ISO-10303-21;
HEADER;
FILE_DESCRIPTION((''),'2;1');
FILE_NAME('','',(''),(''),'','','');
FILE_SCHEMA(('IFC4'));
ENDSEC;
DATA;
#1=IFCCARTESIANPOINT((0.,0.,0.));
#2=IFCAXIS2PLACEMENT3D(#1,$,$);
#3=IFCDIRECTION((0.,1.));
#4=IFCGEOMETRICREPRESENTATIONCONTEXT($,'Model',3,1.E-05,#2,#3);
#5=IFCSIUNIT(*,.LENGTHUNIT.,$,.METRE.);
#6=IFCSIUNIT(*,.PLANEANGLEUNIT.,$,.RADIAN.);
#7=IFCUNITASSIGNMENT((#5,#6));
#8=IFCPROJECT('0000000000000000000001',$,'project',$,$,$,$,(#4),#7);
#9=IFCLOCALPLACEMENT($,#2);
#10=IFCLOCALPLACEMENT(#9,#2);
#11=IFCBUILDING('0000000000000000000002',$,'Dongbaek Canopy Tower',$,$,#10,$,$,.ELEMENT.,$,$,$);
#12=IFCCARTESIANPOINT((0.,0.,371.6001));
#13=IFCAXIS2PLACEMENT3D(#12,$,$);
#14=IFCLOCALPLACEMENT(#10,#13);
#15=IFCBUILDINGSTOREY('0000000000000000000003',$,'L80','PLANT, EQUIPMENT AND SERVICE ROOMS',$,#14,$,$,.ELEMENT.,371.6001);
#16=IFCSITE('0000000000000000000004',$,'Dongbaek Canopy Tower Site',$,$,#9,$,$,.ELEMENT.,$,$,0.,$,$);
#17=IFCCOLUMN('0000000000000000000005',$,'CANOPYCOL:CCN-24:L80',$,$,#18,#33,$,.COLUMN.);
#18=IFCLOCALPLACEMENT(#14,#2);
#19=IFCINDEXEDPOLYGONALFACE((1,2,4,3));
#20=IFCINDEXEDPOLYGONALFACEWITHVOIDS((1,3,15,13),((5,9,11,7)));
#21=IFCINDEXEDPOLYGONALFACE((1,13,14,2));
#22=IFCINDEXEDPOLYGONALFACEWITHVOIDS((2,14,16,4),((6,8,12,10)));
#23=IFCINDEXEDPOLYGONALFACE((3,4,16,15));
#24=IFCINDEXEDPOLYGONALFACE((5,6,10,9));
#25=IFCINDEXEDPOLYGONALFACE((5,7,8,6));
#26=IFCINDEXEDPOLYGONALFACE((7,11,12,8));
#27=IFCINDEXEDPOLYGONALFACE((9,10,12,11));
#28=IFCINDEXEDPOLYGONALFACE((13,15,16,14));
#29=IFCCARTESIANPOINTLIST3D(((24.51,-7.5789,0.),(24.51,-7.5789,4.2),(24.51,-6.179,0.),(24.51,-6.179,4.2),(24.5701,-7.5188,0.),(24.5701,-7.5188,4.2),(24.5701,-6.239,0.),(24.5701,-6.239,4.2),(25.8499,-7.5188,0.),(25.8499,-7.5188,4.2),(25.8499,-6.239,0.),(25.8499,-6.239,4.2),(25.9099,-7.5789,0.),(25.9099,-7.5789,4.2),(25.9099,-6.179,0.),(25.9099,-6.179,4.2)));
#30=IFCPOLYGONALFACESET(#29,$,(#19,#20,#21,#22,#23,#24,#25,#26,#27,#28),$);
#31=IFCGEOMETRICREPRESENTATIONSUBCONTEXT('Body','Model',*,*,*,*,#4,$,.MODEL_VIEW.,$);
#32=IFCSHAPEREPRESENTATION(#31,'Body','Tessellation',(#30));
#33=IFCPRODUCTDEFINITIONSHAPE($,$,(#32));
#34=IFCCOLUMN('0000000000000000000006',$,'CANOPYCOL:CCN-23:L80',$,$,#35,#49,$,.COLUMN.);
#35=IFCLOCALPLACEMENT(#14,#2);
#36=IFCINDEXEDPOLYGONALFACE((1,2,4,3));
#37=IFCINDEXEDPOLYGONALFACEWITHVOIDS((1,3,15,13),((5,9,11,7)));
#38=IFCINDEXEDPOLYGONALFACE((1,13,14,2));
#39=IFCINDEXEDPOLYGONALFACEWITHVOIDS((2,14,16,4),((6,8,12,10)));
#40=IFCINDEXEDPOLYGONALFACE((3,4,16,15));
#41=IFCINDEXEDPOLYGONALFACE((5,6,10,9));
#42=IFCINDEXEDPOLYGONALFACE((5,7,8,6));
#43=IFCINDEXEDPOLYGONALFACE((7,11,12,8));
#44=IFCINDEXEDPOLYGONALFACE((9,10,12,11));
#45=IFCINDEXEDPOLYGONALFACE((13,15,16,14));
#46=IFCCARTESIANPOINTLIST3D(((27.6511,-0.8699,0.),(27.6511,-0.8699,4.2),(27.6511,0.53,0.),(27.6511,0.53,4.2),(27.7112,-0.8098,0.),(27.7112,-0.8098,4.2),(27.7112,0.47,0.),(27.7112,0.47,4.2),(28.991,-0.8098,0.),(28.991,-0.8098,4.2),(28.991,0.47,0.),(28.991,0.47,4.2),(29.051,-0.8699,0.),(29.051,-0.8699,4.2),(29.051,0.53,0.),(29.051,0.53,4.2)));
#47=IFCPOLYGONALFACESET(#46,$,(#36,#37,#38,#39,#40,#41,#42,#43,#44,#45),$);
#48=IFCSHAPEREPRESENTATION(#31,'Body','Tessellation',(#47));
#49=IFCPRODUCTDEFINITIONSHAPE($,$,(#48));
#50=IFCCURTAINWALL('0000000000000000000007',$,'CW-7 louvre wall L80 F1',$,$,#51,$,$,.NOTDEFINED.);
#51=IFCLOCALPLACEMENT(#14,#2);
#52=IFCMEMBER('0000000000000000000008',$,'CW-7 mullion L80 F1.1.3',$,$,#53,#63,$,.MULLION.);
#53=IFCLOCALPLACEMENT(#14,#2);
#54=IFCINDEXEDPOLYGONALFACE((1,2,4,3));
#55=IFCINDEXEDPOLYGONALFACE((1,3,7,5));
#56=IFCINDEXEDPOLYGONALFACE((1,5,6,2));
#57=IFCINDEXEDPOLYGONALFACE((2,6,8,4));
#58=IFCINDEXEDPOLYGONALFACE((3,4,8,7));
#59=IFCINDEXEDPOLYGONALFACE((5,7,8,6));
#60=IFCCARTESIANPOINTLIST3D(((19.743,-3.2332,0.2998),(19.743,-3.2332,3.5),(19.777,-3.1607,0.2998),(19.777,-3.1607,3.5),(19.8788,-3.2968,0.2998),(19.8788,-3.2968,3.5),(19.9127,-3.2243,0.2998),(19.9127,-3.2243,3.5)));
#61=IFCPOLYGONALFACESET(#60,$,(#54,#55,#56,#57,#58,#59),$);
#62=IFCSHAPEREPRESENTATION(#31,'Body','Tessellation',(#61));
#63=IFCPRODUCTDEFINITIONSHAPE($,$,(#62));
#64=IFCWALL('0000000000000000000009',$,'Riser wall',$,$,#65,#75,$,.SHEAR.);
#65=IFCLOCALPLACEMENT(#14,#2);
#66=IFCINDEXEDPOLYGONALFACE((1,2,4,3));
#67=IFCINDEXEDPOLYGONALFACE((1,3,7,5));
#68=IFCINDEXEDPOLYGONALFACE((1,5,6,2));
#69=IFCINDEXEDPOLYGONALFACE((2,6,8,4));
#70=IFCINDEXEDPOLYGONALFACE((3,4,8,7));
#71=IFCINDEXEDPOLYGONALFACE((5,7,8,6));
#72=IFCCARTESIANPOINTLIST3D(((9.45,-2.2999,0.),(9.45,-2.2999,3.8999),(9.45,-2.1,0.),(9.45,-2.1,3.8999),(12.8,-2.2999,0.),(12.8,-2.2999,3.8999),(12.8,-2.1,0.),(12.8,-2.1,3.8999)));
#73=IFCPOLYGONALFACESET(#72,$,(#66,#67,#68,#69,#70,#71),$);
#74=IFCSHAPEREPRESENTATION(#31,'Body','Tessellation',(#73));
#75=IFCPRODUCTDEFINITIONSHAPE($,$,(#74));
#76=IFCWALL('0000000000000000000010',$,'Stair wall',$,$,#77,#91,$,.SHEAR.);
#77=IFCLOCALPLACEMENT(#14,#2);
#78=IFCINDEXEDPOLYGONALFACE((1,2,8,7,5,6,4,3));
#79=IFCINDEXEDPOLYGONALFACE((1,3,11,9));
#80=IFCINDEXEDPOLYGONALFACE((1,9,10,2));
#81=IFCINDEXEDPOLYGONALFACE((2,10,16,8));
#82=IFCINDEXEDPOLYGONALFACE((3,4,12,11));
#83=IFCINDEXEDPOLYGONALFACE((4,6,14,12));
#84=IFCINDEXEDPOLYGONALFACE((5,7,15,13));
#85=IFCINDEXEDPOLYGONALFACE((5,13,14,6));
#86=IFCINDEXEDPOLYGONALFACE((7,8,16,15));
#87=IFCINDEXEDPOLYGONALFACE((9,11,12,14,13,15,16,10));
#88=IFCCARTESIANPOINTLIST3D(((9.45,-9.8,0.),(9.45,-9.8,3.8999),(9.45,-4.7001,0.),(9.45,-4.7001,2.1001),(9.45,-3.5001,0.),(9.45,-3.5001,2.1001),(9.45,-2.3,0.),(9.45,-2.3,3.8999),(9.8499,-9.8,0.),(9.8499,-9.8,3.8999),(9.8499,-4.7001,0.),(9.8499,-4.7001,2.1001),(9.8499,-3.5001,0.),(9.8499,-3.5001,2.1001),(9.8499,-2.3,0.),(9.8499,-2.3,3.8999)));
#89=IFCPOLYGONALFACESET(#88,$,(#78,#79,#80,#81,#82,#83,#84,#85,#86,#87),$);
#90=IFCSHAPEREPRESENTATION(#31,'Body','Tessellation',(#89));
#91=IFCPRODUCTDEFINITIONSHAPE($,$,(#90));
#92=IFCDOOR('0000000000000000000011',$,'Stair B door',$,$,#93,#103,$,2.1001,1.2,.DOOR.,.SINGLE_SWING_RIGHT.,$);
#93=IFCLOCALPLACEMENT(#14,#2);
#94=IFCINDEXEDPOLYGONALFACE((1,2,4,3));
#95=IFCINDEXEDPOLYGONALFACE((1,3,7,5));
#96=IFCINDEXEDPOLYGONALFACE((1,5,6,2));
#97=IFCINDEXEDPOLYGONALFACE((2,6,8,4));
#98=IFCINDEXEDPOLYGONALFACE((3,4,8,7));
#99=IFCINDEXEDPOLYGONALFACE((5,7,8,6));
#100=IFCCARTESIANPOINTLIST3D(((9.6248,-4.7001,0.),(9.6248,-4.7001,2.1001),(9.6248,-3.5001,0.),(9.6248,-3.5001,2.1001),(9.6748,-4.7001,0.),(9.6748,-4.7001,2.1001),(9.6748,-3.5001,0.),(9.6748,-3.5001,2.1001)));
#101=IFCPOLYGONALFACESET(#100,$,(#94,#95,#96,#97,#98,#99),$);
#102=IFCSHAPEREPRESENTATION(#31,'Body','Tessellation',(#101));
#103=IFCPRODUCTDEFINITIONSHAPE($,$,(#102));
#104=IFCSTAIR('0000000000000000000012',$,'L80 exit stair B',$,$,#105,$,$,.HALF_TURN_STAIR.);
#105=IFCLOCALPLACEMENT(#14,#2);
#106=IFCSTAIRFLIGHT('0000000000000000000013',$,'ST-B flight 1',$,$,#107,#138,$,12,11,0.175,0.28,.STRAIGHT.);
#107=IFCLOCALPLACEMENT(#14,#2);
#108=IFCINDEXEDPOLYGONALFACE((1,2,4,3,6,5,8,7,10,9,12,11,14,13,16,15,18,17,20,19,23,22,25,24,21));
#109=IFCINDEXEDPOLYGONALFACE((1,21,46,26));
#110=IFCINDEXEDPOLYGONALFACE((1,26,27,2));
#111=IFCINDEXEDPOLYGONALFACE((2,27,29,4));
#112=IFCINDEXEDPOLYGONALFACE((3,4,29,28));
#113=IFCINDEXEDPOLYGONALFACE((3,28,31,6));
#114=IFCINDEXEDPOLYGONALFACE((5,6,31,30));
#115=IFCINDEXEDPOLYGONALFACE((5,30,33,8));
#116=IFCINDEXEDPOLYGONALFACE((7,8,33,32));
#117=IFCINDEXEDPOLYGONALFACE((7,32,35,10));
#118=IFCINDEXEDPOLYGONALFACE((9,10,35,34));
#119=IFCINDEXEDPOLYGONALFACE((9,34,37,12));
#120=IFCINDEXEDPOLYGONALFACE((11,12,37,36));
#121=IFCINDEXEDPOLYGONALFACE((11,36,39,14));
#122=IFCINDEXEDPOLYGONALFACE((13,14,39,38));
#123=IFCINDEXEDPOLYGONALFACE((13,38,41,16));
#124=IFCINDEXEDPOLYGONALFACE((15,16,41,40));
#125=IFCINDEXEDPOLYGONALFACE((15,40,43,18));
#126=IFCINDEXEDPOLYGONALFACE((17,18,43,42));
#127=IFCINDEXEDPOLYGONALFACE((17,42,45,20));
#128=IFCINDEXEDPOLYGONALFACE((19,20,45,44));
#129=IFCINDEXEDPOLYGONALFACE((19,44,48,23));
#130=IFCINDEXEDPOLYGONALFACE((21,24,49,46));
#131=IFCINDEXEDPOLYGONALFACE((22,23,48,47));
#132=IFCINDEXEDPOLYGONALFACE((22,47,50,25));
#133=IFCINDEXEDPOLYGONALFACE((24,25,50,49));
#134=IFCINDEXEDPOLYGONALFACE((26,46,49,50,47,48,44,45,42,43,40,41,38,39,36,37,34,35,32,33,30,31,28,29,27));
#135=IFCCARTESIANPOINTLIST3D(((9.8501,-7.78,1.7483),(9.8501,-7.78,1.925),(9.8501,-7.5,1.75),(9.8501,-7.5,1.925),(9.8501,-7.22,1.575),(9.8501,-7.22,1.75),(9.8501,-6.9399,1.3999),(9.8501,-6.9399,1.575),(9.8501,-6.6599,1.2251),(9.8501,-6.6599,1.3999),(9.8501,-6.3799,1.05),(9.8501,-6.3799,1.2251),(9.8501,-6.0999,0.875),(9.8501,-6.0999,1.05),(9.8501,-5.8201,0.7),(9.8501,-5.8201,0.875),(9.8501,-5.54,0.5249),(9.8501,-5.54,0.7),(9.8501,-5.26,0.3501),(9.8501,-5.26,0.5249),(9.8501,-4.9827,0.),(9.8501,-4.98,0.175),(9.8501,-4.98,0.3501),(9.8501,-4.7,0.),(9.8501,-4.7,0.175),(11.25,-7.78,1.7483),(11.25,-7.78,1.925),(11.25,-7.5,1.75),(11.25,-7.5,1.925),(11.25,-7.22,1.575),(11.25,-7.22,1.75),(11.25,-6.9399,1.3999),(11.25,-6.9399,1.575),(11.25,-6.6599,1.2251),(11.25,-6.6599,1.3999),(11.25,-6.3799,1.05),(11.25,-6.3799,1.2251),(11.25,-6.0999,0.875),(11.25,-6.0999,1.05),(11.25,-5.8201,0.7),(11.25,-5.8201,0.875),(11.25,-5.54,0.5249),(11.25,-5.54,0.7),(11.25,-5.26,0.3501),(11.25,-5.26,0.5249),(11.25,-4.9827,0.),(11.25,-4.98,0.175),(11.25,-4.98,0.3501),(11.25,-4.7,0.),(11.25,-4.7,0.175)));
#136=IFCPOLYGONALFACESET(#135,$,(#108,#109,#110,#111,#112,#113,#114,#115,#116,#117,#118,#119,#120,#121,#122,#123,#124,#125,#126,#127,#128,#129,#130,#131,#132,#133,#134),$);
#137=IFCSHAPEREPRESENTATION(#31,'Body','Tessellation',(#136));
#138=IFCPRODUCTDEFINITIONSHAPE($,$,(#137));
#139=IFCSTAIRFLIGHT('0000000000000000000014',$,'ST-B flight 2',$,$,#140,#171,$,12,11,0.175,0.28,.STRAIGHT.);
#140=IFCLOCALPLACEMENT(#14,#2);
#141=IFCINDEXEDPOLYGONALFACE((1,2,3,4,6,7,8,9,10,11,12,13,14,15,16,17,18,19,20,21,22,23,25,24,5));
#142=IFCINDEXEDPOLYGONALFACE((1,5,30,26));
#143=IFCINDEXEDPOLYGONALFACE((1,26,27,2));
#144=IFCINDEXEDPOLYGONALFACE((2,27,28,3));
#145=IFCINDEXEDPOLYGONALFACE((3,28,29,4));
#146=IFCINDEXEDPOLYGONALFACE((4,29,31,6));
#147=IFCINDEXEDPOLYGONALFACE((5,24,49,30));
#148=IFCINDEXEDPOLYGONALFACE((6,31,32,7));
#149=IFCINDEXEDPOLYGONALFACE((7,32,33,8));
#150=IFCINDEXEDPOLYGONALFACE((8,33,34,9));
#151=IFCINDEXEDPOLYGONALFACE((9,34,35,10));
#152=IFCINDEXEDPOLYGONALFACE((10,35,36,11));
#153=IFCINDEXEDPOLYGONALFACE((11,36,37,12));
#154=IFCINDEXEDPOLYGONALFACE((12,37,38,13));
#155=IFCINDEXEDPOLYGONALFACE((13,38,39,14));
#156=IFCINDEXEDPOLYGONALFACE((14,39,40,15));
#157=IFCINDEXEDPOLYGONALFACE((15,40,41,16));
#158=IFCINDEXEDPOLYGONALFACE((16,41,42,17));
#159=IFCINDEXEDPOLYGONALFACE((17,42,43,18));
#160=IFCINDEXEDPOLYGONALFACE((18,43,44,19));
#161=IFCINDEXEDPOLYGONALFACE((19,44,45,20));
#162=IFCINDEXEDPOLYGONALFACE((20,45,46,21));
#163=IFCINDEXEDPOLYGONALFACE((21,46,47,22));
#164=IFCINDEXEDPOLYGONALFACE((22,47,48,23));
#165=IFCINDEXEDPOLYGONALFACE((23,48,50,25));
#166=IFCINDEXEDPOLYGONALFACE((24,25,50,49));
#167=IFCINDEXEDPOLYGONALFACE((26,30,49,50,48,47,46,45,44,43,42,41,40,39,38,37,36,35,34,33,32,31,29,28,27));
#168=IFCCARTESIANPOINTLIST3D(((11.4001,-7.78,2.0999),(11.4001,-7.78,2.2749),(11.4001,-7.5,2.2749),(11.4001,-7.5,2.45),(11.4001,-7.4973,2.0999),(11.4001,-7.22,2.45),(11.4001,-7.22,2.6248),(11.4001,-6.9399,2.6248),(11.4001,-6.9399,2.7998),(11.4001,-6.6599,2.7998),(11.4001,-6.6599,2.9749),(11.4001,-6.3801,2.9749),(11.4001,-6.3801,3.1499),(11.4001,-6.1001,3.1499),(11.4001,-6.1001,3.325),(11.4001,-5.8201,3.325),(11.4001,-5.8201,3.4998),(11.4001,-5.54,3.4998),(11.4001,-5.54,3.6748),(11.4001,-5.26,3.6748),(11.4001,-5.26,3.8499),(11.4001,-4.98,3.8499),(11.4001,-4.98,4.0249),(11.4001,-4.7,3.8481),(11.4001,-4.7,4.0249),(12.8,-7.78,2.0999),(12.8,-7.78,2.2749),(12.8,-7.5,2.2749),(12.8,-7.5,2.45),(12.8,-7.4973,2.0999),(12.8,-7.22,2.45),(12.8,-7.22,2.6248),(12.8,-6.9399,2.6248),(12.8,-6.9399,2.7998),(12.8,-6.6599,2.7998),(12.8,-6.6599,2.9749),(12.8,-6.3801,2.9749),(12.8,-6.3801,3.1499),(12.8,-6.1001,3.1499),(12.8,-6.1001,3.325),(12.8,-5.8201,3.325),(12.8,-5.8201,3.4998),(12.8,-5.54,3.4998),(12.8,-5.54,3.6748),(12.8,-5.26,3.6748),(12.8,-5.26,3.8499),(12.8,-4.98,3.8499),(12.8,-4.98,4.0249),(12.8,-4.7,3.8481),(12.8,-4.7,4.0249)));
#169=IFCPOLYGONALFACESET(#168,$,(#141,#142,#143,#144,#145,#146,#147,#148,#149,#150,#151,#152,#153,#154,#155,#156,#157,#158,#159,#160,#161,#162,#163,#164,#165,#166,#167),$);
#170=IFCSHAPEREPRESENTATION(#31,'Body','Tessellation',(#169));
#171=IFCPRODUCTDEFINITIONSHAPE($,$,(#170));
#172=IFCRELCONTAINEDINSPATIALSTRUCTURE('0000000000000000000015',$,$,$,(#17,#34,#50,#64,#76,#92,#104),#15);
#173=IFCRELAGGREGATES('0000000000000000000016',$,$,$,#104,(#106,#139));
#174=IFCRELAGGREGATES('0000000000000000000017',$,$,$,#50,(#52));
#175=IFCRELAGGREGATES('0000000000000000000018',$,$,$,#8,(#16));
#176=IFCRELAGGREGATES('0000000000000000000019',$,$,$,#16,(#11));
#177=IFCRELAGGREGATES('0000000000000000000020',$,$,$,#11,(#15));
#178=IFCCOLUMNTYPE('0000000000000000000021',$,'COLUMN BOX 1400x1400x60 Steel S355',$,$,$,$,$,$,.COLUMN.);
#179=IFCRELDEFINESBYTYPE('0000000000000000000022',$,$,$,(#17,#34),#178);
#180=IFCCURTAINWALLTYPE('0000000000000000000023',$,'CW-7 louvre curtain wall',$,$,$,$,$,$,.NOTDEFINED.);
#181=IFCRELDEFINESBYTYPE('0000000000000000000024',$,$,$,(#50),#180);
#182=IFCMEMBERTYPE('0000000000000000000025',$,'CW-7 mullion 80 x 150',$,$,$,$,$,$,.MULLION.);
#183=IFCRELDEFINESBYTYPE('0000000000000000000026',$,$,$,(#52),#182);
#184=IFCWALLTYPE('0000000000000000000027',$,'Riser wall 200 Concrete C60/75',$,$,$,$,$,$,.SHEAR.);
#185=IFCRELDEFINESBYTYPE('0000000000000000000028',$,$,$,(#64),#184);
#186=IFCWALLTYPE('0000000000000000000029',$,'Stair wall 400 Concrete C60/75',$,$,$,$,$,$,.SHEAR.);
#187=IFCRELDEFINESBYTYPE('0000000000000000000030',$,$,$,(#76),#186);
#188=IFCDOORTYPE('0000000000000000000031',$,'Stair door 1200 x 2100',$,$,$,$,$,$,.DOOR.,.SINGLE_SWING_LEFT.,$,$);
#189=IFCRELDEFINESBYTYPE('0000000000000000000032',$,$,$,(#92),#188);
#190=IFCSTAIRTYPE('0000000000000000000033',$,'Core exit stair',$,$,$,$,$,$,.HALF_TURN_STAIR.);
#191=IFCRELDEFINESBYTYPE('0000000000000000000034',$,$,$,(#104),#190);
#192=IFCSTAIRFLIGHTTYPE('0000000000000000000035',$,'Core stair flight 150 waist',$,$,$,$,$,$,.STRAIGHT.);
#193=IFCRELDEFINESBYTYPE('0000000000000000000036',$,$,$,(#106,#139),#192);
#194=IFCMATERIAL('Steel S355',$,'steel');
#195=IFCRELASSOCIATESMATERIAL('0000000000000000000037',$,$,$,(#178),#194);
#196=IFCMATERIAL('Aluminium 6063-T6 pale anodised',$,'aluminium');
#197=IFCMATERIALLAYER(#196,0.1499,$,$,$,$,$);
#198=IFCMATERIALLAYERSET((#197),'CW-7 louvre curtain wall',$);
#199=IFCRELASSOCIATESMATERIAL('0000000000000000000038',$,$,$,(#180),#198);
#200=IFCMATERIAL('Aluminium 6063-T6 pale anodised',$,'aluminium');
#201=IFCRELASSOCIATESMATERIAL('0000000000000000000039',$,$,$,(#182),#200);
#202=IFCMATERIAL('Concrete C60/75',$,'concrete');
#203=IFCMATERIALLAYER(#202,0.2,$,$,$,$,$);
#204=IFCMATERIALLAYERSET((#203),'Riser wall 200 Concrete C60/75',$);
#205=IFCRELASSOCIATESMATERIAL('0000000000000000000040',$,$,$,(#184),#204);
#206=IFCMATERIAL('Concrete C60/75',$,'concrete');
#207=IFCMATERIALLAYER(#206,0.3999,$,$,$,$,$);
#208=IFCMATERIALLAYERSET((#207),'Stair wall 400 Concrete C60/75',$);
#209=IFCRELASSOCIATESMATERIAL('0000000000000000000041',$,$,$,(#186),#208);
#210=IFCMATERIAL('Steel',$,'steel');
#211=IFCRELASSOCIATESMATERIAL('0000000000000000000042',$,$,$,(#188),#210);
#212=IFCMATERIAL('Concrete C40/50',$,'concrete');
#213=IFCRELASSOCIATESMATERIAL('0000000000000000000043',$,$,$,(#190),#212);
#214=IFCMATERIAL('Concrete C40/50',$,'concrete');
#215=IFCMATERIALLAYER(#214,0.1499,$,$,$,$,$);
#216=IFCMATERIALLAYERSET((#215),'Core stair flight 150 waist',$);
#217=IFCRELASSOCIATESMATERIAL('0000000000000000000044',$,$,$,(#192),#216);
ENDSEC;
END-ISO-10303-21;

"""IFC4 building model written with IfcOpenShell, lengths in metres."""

from ifc_helpers import new_model, si_unit, direction, frame, frame_2d, origin, origin_2d, place, context, subcontext, project, spatial, polyline, rectangle, hollow_rectangle, outline, extrude, material, layer, layer_set, material_profile, profile_set, type_object, element, fill, aggregate, save


model = new_model("IFC4")

# Units and contexts
model_context = context("Model", 3, precision=1e-05, world=origin(), true_north=direction((0.0, 1.0)))
body_context = subcontext(model_context, "Body", "Model", "MODEL_VIEW")
ifc_project = project(units=[si_unit("LENGTHUNIT", "METRE"), si_unit("PLANEANGLEUNIT", "RADIAN")], contexts=[model_context])

# Site, building, storey
site_placement = place(None, origin())
site = spatial("IfcSite", under=ifc_project, at=site_placement, Name="Dongbaek Canopy Tower Site", CompositionType="ELEMENT", RefElevation=0.0)
building_placement = place(site_placement, origin())
building = spatial("IfcBuilding", under=site, at=building_placement, Name="Dongbaek Canopy Tower", CompositionType="ELEMENT")
storey_placement = place(building_placement, frame((0.0, 0.0, 371.6001)))
storey = spatial("IfcBuildingStorey", under=building, at=storey_placement, Name="L80", Description="PLANT, EQUIPMENT AND SERVICE ROOMS", CompositionType="ELEMENT", Elevation=371.6001)

# Columns
ifc_material_1 = material(Name="Steel S355", Category="steel")
ifc_material_profile_1 = material_profile(ifc_material_1, hollow_rectangle(XDim=1.3999, YDim=1.3999, WallThickness=0.0601, at=origin_2d()), Name="COLUMN BOX 1400x1400x60 Steel S355")
ifc_profile_set_1 = profile_set([ifc_material_profile_1], Name="Steel S355")
column_type = type_object("IfcColumnType", Name="COLUMN BOX 1400x1400x60 Steel S355", PredefinedType="COLUMN", material=ifc_profile_set_1)
for number, where, z_axis, x_axis, name in (
    (1, (25.21, -6.8789, 0.0), (0.0, 0.0, 1.0), (1.0, 0.0, 0.0), "CANOPYCOL:CCN-24:L80"),
    (2, (28.3511, -0.1699, 0.0), (0.0, 0.0, 1.0), (1.0, 0.0, 0.0), "CANOPYCOL:CCN-23:L80"),
):
    element("IfcColumn", number, at=place(storey_placement, frame(where, z_axis=z_axis, x_axis=x_axis)), inside=storey, type_object=column_type, Name=name, PredefinedType="COLUMN", context=body_context, shape_type="SweptSolid", body=[
        extrude(hollow_rectangle(XDim=1.3999, YDim=1.3999, WallThickness=0.0601, at=origin_2d()), origin(), (0.0, 0.0, 1.0), 4.2),
    ])

# Curtain wall, member
ifc_material_2 = material(Name="Aluminium 6063-T6 pale anodised", Category="aluminium")
ifc_layer_1 = layer(ifc_material_2, 0.1499)
ifc_layer_set_1 = layer_set([ifc_layer_1], Name="CW-7 louvre curtain wall")
curtain_wall_type = type_object("IfcCurtainWallType", Name="CW-7 louvre curtain wall", PredefinedType="NOTDEFINED", material=ifc_layer_set_1)
curtain_wall_placement = place(storey_placement, origin())
curtain_wall = element("IfcCurtainWall", 3, at=curtain_wall_placement, inside=storey, type_object=curtain_wall_type, Name="CW-7 louvre wall L80 F1", PredefinedType="NOTDEFINED")
ifc_material_3 = material(Name="Aluminium 6063-T6 pale anodised", Category="aluminium")
ifc_material_profile_2 = material_profile(ifc_material_3, rectangle(XDim=0.1499, YDim=0.0801, at=origin_2d()), Name="CW-7 mullion 80 x 150")
ifc_profile_set_2 = profile_set([ifc_material_profile_2], Name="Aluminium 6063-T6 pale anodised")
member_type = type_object("IfcMemberType", Name="CW-7 mullion 80 x 150", PredefinedType="MULLION", material=ifc_profile_set_2)
member_placement = place(storey_placement, frame((19.8279, -3.2288, 0.2998), z_axis=(0.0, 0.0, 1.0), x_axis=(0.905605, -0.424123, 0.0)))
member = element("IfcMember", 4, at=member_placement, type_object=member_type, Name="CW-7 mullion L80 F1.1.3", PredefinedType="MULLION", context=body_context, shape_type="SweptSolid", body=[
    extrude(rectangle(XDim=0.1499, YDim=0.0801, at=origin_2d()), origin(), (0.0, 0.0, 1.0), 3.2002),
])

# Wall
ifc_material_4 = material(Name="Concrete C60/75", Category="concrete")
ifc_layer_2 = layer(ifc_material_4, 0.2)
ifc_layer_set_2 = layer_set([ifc_layer_2], Name="Riser wall 200 Concrete C60/75")
wall_type_1 = type_object("IfcWallType", Name="Riser wall 200 Concrete C60/75", PredefinedType="SHEAR", material=ifc_layer_set_2)
wall_1_placement = place(storey_placement, frame((9.45, -2.2, 0.0), z_axis=(0.0, 0.0, 1.0), x_axis=(1.0, 0.0, 0.0)))
element("IfcWall", 5, at=wall_1_placement, inside=storey, type_object=wall_type_1, Name="Riser wall", PredefinedType="SHEAR", context=body_context, shape_type="SweptSolid", body=[
    extrude(rectangle(XDim=3.3501, YDim=0.2, at=frame_2d((1.675, 0.0))), origin(), (0.0, 0.0, 1.0), 3.8999),
])

# Wall, opening, door
ifc_material_5 = material(Name="Concrete C60/75", Category="concrete")
ifc_layer_3 = layer(ifc_material_5, 0.3999)
ifc_layer_set_3 = layer_set([ifc_layer_3], Name="Stair wall 400 Concrete C60/75")
wall_type_2 = type_object("IfcWallType", Name="Stair wall 400 Concrete C60/75", PredefinedType="SHEAR", material=ifc_layer_set_3)
wall_2_placement = place(storey_placement, frame((9.6499, -2.3, 0.0), z_axis=(0.0, 0.0, 1.0), x_axis=(0.0, -1.0, 0.0)))
wall_2 = element("IfcWall", 6, at=wall_2_placement, inside=storey, type_object=wall_type_2, Name="Stair wall", PredefinedType="SHEAR", context=body_context, shape_type="SweptSolid", body=[
    extrude(rectangle(XDim=7.5, YDim=0.3999, at=frame_2d((3.75, 0.0))), origin(), (0.0, 0.0, 1.0), 3.8999),
])
opening_placement = place(wall_2_placement, frame((1.2, 0.0, 0.0)))
opening = element("IfcOpeningElement", 7, at=opening_placement, cuts=wall_2, PredefinedType="OPENING", context=body_context, shape_type="SweptSolid", body=[
    extrude(rectangle(XDim=1.2, YDim=2.1001, at=frame_2d((0.6001, 1.05))), frame((0.0, 0.21, 0.0), z_axis=(0.0, -1.0, 0.0), x_axis=(1.0, 0.0, 0.0)), (0.0, 0.0, 1.0), 0.4199),
])
ifc_material_6 = material(Name="Steel", Category="steel")
door_type = type_object("IfcDoorType", Name="Stair door 1200 x 2100", OperationType="SINGLE_SWING_LEFT", PredefinedType="DOOR", material=ifc_material_6)
door_placement = place(opening_placement, origin())
door = element("IfcDoor", 8, at=door_placement, inside=storey, type_object=door_type, Name="Stair B door", OperationType="SINGLE_SWING_RIGHT", OverallHeight=2.1001, OverallWidth=1.2, PredefinedType="DOOR", context=body_context, shape_type="SweptSolid", body=[
    extrude(rectangle(XDim=1.2, YDim=2.1001, at=frame_2d((0.6001, 1.05))), frame((0.0, 0.0249, 0.0), z_axis=(0.0, -1.0, 0.0), x_axis=(1.0, 0.0, 0.0)), (0.0, 0.0, 1.0), 0.05),
])
fill(opening, door)

# Stair, stair flights
ifc_material_7 = material(Name="Concrete C40/50", Category="concrete")
stair_type = type_object("IfcStairType", Name="Core exit stair", PredefinedType="HALF_TURN_STAIR", material=ifc_material_7)
stair_placement = place(storey_placement, origin())
stair = element("IfcStair", 9, at=stair_placement, inside=storey, type_object=stair_type, Name="L80 exit stair B", PredefinedType="HALF_TURN_STAIR")
ifc_material_8 = material(Name="Concrete C40/50", Category="concrete")
ifc_layer_4 = layer(ifc_material_8, 0.1499)
ifc_layer_set_4 = layer_set([ifc_layer_4], Name="Core stair flight 150 waist")
stair_flight_type = type_object("IfcStairFlightType", Name="Core stair flight 150 waist", PredefinedType="STRAIGHT", material=ifc_layer_set_4)
stair_flight_1_placement = place(storey_placement, frame((10.55, -4.7, 0.0), z_axis=(0.0, 0.0, 1.0), x_axis=(0.0, -1.0, 0.0)))
stair_flight_1 = element("IfcStairFlight", 10, at=stair_flight_1_placement, type_object=stair_flight_type, Name="ST-B flight 1", NumberOfRisers=12, NumberOfTreads=11, PredefinedType="STRAIGHT", RiserHeight=0.175, TreadLength=0.28, context=body_context, shape_type="SweptSolid", body=[
    extrude(outline(polyline([(0.0, 0.0), (0.0, 0.175), (0.28, 0.175), (0.28, 0.3501), (0.5601, 0.3501), (0.5601, 0.5249), (0.8401, 0.5249), (0.8401, 0.7), (1.1201, 0.7), (1.1201, 0.875), (1.3999, 0.875), (1.3999, 1.05), (1.6799, 1.05), (1.6799, 1.2251), (1.96, 1.2251), (1.96, 1.3999), (2.24, 1.3999), (2.24, 1.575), (2.52, 1.575), (2.52, 1.75), (2.8, 1.75), (2.8, 1.925), (3.0801, 1.925), (3.0801, 2.1001), (3.0801, 1.7483), (0.2827, 0.0), (0.0, 0.0)])), frame((0.0, 0.7, 0.0), z_axis=(0.0, -1.0, 0.0), x_axis=(1.0, 0.0, 0.0)), (0.0, 0.0, 1.0), 1.3999),
])
stair_flight_2_placement = place(storey_placement, frame((12.1001, -7.78, 2.0999), z_axis=(0.0, 0.0, 1.0), x_axis=(0.0, 1.0, 0.0)))
stair_flight_2 = element("IfcStairFlight", 11, at=stair_flight_2_placement, type_object=stair_flight_type, Name="ST-B flight 2", NumberOfRisers=12, NumberOfTreads=11, PredefinedType="STRAIGHT", RiserHeight=0.175, TreadLength=0.28, context=body_context, shape_type="SweptSolid", body=[
    extrude(outline(polyline([(0.0, 0.0), (0.0, 0.175), (0.28, 0.175), (0.28, 0.3501), (0.5601, 0.3501), (0.5601, 0.5249), (0.8401, 0.5249), (0.8401, 0.7), (1.1201, 0.7), (1.1201, 0.875), (1.3999, 0.875), (1.3999, 1.05), (1.6799, 1.05), (1.6799, 1.2251), (1.96, 1.2251), (1.96, 1.3999), (2.24, 1.3999), (2.24, 1.575), (2.52, 1.575), (2.52, 1.75), (2.8, 1.75), (2.8, 1.925), (3.0801, 1.925), (3.0801, 2.1001), (3.0801, 1.7483), (0.2827, 0.0), (0.0, 0.0)])), frame((0.0, 0.7, 0.0), z_axis=(0.0, -1.0, 0.0), x_axis=(1.0, 0.0, 0.0)), (0.0, 0.0, 1.0), 1.3999),
])
aggregate(stair, [stair_flight_1, stair_flight_2])

aggregate(curtain_wall, [member])

save(model, "model.ifc")
